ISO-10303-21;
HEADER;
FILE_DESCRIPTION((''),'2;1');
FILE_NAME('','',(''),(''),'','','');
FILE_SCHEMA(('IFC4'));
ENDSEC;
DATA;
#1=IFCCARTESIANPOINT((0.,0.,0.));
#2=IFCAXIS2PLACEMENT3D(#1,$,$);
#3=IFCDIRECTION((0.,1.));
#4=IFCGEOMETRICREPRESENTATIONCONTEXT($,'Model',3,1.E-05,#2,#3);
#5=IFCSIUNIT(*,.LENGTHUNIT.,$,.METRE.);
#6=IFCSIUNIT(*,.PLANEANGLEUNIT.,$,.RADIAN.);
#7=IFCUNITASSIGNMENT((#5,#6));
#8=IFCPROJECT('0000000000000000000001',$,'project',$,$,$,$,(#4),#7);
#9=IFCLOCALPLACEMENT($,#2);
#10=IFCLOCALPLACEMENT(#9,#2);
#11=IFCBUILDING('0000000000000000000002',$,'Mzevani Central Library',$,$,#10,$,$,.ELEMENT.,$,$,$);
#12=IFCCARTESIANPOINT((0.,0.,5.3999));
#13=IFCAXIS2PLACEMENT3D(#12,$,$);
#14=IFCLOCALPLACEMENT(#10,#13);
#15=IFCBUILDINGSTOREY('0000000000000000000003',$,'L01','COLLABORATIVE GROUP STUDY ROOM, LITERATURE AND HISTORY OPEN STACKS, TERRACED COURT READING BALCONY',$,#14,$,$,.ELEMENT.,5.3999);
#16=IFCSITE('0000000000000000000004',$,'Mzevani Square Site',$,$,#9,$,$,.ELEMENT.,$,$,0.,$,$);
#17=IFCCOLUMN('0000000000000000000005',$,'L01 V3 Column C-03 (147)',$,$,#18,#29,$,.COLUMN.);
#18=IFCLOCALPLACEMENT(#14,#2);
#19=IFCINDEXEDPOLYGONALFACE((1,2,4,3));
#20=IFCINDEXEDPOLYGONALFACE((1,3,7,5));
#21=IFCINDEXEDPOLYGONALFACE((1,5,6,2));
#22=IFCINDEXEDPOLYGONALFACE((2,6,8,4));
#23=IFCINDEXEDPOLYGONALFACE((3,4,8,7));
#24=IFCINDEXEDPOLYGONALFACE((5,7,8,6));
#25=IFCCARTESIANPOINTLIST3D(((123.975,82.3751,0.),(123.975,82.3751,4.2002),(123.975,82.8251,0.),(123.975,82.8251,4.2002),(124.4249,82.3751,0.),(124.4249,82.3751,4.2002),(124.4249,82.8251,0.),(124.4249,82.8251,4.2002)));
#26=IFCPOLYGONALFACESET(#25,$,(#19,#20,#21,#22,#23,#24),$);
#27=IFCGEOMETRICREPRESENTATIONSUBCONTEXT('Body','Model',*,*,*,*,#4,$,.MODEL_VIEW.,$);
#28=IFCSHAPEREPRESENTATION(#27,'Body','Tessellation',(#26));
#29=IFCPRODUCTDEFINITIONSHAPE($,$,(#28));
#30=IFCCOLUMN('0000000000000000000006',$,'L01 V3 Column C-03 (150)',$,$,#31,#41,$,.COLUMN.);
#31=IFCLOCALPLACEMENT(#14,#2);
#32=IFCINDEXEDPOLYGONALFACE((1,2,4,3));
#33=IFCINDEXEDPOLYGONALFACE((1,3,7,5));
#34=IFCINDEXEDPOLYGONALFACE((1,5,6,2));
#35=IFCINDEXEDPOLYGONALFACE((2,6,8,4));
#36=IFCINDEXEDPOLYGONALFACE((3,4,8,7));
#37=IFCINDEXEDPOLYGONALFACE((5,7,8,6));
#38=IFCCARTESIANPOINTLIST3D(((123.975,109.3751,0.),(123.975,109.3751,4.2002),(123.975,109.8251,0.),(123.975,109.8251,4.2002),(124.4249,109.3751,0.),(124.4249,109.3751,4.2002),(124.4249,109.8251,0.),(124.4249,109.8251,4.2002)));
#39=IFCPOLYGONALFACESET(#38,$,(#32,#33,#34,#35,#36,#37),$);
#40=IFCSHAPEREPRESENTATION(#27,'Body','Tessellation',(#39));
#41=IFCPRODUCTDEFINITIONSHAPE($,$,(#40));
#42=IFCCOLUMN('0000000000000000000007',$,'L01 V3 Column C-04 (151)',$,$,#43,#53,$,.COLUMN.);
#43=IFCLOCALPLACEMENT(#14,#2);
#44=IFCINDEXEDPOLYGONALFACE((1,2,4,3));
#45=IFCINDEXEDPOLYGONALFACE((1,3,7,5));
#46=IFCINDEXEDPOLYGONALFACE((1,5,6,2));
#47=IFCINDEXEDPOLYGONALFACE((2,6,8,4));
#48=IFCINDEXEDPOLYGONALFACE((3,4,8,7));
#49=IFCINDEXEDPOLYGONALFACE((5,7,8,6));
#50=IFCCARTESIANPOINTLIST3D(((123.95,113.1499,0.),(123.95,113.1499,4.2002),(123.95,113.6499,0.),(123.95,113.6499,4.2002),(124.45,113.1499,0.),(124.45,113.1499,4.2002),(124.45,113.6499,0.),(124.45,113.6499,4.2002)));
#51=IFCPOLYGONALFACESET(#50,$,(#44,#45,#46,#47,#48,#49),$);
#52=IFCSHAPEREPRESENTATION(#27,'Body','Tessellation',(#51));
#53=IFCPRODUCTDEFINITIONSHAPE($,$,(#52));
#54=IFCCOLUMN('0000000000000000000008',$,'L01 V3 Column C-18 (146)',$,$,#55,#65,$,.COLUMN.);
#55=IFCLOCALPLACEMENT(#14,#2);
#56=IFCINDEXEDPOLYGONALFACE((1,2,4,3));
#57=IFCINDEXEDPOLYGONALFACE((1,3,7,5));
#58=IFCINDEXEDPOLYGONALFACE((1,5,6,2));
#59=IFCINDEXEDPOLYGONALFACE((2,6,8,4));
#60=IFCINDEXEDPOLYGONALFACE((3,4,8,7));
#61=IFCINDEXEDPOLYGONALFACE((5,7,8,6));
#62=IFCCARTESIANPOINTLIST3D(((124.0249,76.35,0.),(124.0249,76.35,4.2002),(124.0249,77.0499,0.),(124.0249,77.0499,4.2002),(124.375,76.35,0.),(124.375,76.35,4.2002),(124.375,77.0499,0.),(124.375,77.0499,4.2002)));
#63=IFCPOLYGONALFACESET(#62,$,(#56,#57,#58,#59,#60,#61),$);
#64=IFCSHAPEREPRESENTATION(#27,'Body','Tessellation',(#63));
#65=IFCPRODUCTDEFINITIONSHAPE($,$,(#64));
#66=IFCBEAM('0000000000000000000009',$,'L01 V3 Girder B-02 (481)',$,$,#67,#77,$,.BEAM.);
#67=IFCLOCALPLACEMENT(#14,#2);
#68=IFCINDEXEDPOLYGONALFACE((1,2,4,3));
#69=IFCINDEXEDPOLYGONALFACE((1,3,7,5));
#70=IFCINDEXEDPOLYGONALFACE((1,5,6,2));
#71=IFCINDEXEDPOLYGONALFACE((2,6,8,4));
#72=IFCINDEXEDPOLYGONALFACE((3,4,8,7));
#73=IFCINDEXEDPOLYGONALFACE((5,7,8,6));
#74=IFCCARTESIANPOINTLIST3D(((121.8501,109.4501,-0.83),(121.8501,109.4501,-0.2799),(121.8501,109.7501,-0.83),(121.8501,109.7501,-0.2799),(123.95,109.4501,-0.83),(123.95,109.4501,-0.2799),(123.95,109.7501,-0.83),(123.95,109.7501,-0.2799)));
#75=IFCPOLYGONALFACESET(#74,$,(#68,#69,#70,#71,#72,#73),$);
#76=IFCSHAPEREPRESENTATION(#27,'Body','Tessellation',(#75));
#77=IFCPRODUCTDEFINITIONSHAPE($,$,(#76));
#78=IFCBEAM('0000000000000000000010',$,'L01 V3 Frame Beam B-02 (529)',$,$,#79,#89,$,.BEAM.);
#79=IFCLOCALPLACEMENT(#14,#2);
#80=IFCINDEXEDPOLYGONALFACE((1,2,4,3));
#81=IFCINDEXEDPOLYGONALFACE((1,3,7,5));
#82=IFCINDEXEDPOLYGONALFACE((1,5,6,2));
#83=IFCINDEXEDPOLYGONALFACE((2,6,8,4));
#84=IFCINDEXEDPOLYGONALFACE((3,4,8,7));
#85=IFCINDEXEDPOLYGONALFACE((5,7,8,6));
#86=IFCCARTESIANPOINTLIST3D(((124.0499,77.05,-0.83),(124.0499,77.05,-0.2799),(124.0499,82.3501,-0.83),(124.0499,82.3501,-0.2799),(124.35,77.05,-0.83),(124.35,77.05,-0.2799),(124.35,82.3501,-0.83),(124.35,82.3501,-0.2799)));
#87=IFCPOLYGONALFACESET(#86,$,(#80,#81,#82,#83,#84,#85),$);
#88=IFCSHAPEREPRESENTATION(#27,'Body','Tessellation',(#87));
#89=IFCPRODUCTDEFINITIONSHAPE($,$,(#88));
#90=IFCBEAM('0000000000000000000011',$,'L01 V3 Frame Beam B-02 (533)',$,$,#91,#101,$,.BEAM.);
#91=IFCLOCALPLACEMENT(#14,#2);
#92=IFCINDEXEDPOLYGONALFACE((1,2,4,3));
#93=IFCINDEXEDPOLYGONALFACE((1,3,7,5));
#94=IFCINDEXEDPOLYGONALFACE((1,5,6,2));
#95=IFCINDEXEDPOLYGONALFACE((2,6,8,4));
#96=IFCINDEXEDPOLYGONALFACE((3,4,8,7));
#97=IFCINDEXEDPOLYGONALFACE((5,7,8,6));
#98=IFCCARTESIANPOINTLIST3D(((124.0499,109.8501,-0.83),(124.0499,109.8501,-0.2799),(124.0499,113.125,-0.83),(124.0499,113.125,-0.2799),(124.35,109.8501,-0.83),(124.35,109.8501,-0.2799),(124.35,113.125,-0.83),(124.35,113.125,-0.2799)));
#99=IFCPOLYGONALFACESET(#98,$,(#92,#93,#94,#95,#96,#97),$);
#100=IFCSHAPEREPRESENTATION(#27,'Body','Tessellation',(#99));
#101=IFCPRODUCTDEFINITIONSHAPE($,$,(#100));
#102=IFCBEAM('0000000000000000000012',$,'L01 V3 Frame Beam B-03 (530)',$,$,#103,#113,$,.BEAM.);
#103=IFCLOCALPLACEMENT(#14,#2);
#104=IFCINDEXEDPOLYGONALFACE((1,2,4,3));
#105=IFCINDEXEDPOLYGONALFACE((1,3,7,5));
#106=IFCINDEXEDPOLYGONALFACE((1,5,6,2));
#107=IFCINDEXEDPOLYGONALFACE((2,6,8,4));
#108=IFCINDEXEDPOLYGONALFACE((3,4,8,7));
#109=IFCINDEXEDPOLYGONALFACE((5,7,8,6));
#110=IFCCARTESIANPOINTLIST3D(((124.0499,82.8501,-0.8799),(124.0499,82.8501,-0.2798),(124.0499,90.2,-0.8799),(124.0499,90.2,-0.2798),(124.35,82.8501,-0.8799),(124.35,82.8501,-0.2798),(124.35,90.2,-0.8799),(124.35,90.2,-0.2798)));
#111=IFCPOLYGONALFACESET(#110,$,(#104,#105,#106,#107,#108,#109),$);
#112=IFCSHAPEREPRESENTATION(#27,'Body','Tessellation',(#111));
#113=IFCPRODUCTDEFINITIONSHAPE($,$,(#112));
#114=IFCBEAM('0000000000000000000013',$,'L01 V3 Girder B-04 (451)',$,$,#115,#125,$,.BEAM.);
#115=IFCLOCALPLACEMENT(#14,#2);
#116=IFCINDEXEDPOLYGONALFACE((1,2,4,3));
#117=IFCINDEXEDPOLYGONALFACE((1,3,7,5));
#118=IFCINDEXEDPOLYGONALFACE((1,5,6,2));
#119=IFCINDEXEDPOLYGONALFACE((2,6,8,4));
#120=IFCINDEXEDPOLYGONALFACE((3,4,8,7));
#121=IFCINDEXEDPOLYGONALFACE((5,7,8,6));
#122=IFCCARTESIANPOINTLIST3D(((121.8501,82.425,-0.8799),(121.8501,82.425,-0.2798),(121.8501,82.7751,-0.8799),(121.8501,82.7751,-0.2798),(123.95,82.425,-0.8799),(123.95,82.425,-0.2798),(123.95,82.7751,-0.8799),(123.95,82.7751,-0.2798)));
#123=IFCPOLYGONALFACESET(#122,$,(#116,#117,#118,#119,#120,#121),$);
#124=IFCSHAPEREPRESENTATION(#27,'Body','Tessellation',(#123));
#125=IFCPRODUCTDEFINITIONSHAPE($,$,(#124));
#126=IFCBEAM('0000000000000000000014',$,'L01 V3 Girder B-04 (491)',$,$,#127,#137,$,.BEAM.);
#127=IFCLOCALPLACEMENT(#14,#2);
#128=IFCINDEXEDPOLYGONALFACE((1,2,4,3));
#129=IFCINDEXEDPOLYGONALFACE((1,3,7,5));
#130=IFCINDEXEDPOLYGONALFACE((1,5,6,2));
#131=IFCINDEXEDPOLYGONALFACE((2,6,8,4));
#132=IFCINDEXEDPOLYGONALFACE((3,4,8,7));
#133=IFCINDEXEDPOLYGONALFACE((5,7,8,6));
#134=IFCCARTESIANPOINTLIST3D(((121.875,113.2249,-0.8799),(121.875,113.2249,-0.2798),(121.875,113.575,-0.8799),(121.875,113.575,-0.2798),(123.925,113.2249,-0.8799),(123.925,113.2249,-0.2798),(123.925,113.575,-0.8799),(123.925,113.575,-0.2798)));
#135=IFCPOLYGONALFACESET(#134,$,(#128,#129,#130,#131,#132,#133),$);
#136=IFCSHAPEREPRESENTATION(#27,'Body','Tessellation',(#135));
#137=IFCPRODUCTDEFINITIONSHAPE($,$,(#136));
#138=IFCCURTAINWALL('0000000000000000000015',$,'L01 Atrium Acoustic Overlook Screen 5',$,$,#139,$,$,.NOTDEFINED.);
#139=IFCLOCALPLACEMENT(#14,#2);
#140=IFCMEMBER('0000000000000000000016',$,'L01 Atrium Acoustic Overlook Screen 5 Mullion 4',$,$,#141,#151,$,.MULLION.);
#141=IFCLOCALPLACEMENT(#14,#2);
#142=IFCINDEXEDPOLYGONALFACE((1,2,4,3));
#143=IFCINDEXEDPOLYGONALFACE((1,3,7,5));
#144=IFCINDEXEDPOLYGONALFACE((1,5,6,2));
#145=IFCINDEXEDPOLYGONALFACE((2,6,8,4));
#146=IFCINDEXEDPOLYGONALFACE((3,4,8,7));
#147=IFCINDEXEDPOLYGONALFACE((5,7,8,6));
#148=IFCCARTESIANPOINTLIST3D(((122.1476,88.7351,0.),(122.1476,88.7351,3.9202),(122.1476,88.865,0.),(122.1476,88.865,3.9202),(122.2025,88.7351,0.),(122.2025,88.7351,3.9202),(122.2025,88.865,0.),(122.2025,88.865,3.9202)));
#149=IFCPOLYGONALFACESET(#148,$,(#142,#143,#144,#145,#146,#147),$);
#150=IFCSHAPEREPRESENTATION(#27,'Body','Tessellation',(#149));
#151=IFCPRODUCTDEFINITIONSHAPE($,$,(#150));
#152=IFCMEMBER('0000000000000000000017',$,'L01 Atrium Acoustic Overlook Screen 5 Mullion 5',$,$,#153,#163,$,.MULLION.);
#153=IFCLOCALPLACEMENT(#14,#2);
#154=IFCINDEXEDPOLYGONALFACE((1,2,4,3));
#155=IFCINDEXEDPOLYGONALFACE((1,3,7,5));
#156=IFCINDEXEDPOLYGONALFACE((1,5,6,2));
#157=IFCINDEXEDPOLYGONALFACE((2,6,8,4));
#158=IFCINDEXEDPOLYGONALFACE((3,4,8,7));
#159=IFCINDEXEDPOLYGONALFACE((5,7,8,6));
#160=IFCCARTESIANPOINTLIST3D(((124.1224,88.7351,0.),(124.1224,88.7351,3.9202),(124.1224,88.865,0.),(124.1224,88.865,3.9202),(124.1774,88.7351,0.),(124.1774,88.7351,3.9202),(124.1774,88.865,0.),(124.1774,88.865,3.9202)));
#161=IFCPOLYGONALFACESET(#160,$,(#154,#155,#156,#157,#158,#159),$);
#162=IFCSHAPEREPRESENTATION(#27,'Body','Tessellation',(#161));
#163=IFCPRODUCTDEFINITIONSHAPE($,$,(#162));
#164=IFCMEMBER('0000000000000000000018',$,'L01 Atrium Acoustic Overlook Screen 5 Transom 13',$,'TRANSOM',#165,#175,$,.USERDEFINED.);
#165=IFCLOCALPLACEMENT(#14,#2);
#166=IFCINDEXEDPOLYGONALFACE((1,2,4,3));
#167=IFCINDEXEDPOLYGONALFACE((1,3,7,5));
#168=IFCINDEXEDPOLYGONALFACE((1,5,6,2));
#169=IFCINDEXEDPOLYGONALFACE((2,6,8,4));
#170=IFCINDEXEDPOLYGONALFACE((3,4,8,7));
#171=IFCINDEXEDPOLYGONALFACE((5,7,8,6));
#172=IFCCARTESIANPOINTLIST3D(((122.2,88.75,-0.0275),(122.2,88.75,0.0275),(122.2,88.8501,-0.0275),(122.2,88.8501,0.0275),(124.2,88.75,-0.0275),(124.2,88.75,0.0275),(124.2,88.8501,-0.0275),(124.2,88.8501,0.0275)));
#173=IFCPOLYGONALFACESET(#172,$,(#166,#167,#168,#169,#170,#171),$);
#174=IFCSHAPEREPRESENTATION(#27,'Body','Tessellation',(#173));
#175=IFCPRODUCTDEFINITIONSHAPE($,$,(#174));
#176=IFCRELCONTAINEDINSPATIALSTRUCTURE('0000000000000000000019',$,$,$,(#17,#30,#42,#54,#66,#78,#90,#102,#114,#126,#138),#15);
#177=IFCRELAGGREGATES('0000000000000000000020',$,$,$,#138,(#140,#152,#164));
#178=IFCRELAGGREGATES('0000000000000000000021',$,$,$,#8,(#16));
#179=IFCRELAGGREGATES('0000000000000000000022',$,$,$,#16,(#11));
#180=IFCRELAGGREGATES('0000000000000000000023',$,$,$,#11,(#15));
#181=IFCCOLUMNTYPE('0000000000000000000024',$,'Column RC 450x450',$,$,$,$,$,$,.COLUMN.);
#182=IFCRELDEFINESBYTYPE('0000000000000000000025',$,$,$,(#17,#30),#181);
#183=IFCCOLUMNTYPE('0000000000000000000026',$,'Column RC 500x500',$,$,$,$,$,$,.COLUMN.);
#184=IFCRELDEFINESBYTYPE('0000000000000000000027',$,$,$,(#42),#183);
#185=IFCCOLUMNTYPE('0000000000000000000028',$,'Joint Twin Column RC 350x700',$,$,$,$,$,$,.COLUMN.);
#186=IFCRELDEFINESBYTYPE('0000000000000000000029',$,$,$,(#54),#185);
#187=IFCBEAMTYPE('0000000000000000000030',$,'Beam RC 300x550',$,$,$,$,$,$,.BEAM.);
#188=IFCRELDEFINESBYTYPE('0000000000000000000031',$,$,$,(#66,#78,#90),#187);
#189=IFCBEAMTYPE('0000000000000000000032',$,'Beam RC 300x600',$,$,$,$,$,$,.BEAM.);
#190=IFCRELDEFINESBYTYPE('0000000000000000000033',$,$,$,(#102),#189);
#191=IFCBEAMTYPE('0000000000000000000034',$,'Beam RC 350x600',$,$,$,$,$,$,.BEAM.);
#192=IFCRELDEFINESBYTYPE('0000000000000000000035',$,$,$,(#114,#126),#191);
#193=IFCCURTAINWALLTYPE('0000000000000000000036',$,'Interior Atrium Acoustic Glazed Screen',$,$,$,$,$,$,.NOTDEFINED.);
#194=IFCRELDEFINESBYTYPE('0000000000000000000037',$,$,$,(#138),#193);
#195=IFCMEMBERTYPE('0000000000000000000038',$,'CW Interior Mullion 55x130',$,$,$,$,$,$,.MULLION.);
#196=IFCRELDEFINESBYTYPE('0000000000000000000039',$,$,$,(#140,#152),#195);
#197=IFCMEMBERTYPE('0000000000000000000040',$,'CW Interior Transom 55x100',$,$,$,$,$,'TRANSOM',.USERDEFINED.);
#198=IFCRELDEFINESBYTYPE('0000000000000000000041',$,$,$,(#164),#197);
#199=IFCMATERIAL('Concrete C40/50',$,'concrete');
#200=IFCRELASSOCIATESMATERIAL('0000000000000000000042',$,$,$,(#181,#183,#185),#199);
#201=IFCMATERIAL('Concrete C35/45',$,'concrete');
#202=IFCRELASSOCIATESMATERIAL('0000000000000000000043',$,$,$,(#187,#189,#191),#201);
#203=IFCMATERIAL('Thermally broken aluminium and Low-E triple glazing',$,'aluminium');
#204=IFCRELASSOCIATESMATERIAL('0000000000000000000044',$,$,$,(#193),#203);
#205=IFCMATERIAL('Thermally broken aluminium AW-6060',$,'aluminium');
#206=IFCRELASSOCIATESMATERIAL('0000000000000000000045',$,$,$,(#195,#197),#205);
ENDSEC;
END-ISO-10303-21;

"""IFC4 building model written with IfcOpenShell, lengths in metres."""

from ifc_helpers import new_model, si_unit, direction, frame, origin, origin_2d, place, context, subcontext, project, spatial, rectangle, extrude, material, material_profile, profile_set, type_object, element, aggregate, save


model = new_model("IFC4")

# Units and contexts
model_context = context("Model", 3, precision=1e-05, world=origin(), true_north=direction((0.0, 1.0)))
body_context = subcontext(model_context, "Body", "Model", "MODEL_VIEW")
ifc_project = project(units=[si_unit("LENGTHUNIT", "METRE"), si_unit("PLANEANGLEUNIT", "RADIAN")], contexts=[model_context])

# Site, building, storey
site_placement = place(None, origin())
site = spatial("IfcSite", under=ifc_project, at=site_placement, Name="Mzevani Square Site", CompositionType="ELEMENT", RefElevation=0.0)
building_placement = place(site_placement, origin())
building = spatial("IfcBuilding", under=site, at=building_placement, Name="Mzevani Central Library", CompositionType="ELEMENT")
storey_placement = place(building_placement, frame((0.0, 0.0, 5.3999)))
storey = spatial("IfcBuildingStorey", under=building, at=storey_placement, Name="L01", Description="COLLABORATIVE GROUP STUDY ROOM, LITERATURE AND HISTORY OPEN STACKS, TERRACED COURT READING BALCONY", CompositionType="ELEMENT", Elevation=5.3999)

# Columns
ifc_material_1 = material(Name="Concrete C40/50", Category="concrete")
ifc_material_profile_1 = material_profile(ifc_material_1, rectangle(XDim=0.45, YDim=0.45, at=origin_2d()), Name="RC 450x450")
ifc_profile_set_1 = profile_set([ifc_material_profile_1], Name="Concrete C40/50")
column_type_1 = type_object("IfcColumnType", Name="Column RC 450x450", PredefinedType="COLUMN", material=ifc_profile_set_1)
for number, where, z_axis, x_axis, name in (
    (1, (124.2, 82.6001, 0.0), (0.0, 0.0, 1.0), (1.0, 0.0, 0.0), "L01 V3 Column C-03 (147)"),
    (2, (124.2, 109.6001, 0.0), (0.0, 0.0, 1.0), (1.0, 0.0, 0.0), "L01 V3 Column C-03 (150)"),
):
    element("IfcColumn", number, at=place(storey_placement, frame(where, z_axis=z_axis, x_axis=x_axis)), inside=storey, type_object=column_type_1, Name=name, PredefinedType="COLUMN", context=body_context, shape_type="SweptSolid", body=[
        extrude(rectangle(XDim=0.45, YDim=0.45, at=origin_2d()), origin(), (0.0, 0.0, 1.0), 4.2002),
    ])
ifc_material_profile_2 = material_profile(ifc_material_1, rectangle(XDim=0.5, YDim=0.5, at=origin_2d()), Name="RC 500x500")
ifc_profile_set_2 = profile_set([ifc_material_profile_2], Name="Concrete C40/50")
column_type_2 = type_object("IfcColumnType", Name="Column RC 500x500", PredefinedType="COLUMN", material=ifc_profile_set_2)
column_1_placement = place(storey_placement, frame((124.2, 113.3999, 0.0), z_axis=(0.0, 0.0, 1.0), x_axis=(1.0, 0.0, 0.0)))
element("IfcColumn", 3, at=column_1_placement, inside=storey, type_object=column_type_2, Name="L01 V3 Column C-04 (151)", PredefinedType="COLUMN", context=body_context, shape_type="SweptSolid", body=[
    extrude(rectangle(XDim=0.5, YDim=0.5, at=origin_2d()), origin(), (0.0, 0.0, 1.0), 4.2002),
])
ifc_material_profile_3 = material_profile(ifc_material_1, rectangle(XDim=0.3501, YDim=0.7, at=origin_2d()), Name="RC 350x700")
ifc_profile_set_3 = profile_set([ifc_material_profile_3], Name="Concrete C40/50")
column_type_3 = type_object("IfcColumnType", Name="Joint Twin Column RC 350x700", PredefinedType="COLUMN", material=ifc_profile_set_3)
column_2_placement = place(storey_placement, frame((124.2, 76.7, 0.0), z_axis=(0.0, 0.0, 1.0), x_axis=(1.0, 0.0, 0.0)))
element("IfcColumn", 4, at=column_2_placement, inside=storey, type_object=column_type_3, Name="L01 V3 Column C-18 (146)", PredefinedType="COLUMN", context=body_context, shape_type="SweptSolid", body=[
    extrude(rectangle(XDim=0.3501, YDim=0.7, at=origin_2d()), origin(), (0.0, 0.0, 1.0), 4.2002),
])

# Beams
ifc_material_2 = material(Name="Concrete C35/45", Category="concrete")
ifc_material_profile_4 = material_profile(ifc_material_2, rectangle(XDim=0.3, YDim=0.55, at=origin_2d()), Name="RC B300x550")
ifc_profile_set_4 = profile_set([ifc_material_profile_4], Name="Concrete C35/45")
beam_type_1 = type_object("IfcBeamType", Name="Beam RC 300x550", PredefinedType="BEAM", material=ifc_profile_set_4)
beam_1_placement = place(storey_placement, frame((121.8501, 109.6001, -0.5549), z_axis=(1.0, 0.0, 0.0), x_axis=(0.0, 1.0, 0.0)))
element("IfcBeam", 5, at=beam_1_placement, inside=storey, type_object=beam_type_1, Name="L01 V3 Girder B-02 (481)", PredefinedType="BEAM", context=body_context, shape_type="SweptSolid", body=[
    extrude(rectangle(XDim=0.3, YDim=0.55, at=origin_2d()), origin(), (0.0, 0.0, 1.0), 2.0999),
])
beam_2_placement = place(storey_placement, frame((124.2, 77.05, -0.5549), z_axis=(0.0, 1.0, 0.0), x_axis=(-1.0, 0.0, 0.0)))
element("IfcBeam", 6, at=beam_2_placement, inside=storey, type_object=beam_type_1, Name="L01 V3 Frame Beam B-02 (529)", PredefinedType="BEAM", context=body_context, shape_type="SweptSolid", body=[
    extrude(rectangle(XDim=0.3, YDim=0.55, at=origin_2d()), origin(), (0.0, 0.0, 1.0), 5.3),
])
beam_3_placement = place(storey_placement, frame((124.2, 109.8501, -0.5549), z_axis=(0.0, 1.0, 0.0), x_axis=(-1.0, 0.0, 0.0)))
element("IfcBeam", 7, at=beam_3_placement, inside=storey, type_object=beam_type_1, Name="L01 V3 Frame Beam B-02 (533)", PredefinedType="BEAM", context=body_context, shape_type="SweptSolid", body=[
    extrude(rectangle(XDim=0.3, YDim=0.55, at=origin_2d()), origin(), (0.0, 0.0, 1.0), 3.2749),
])
ifc_material_profile_5 = material_profile(ifc_material_2, rectangle(XDim=0.3, YDim=0.6001, at=origin_2d()), Name="RC B300x600")
ifc_profile_set_5 = profile_set([ifc_material_profile_5], Name="Concrete C35/45")
beam_type_2 = type_object("IfcBeamType", Name="Beam RC 300x600", PredefinedType="BEAM", material=ifc_profile_set_5)
beam_4_placement = place(storey_placement, frame((124.2, 82.8501, -0.5798), z_axis=(0.0, 1.0, 0.0), x_axis=(-1.0, 0.0, 0.0)))
element("IfcBeam", 8, at=beam_4_placement, inside=storey, type_object=beam_type_2, Name="L01 V3 Frame Beam B-03 (530)", PredefinedType="BEAM", context=body_context, shape_type="SweptSolid", body=[
    extrude(rectangle(XDim=0.3, YDim=0.6001, at=origin_2d()), origin(), (0.0, 0.0, 1.0), 7.3499),
])
ifc_material_profile_6 = material_profile(ifc_material_2, rectangle(XDim=0.3501, YDim=0.6001, at=origin_2d()), Name="RC B350x600")
ifc_profile_set_6 = profile_set([ifc_material_profile_6], Name="Concrete C35/45")
beam_type_3 = type_object("IfcBeamType", Name="Beam RC 350x600", PredefinedType="BEAM", material=ifc_profile_set_6)
beam_5_placement = place(storey_placement, frame((121.8501, 82.6001, -0.5798), z_axis=(1.0, 0.0, 0.0), x_axis=(0.0, 1.0, 0.0)))
element("IfcBeam", 9, at=beam_5_placement, inside=storey, type_object=beam_type_3, Name="L01 V3 Girder B-04 (451)", PredefinedType="BEAM", context=body_context, shape_type="SweptSolid", body=[
    extrude(rectangle(XDim=0.3501, YDim=0.6001, at=origin_2d()), origin(), (0.0, 0.0, 1.0), 2.0999),
])
beam_6_placement = place(storey_placement, frame((121.875, 113.3999, -0.5798), z_axis=(1.0, 0.0, 0.0), x_axis=(0.0, 1.0, 0.0)))
element("IfcBeam", 10, at=beam_6_placement, inside=storey, type_object=beam_type_3, Name="L01 V3 Girder B-04 (491)", PredefinedType="BEAM", context=body_context, shape_type="SweptSolid", body=[
    extrude(rectangle(XDim=0.3501, YDim=0.6001, at=origin_2d()), origin(), (0.0, 0.0, 1.0), 2.05),
])

# Curtain wall, members
ifc_material_3 = material(Name="Thermally broken aluminium and Low-E triple glazing", Category="aluminium")
curtain_wall_type = type_object("IfcCurtainWallType", Name="Interior Atrium Acoustic Glazed Screen", PredefinedType="NOTDEFINED", material=ifc_material_3)
curtain_wall_placement = place(storey_placement, origin())
curtain_wall = element("IfcCurtainWall", 11, at=curtain_wall_placement, inside=storey, type_object=curtain_wall_type, Name="L01 Atrium Acoustic Overlook Screen 5", PredefinedType="NOTDEFINED")
ifc_material_4 = material(Name="Thermally broken aluminium AW-6060", Category="aluminium")
ifc_material_profile_7 = material_profile(ifc_material_4, rectangle(XDim=0.0549, YDim=0.1299, at=origin_2d()), Name="ALU M55x130")
ifc_profile_set_7 = profile_set([ifc_material_profile_7], Name="Thermally broken aluminium AW-6060")
member_type_1 = type_object("IfcMemberType", Name="CW Interior Mullion 55x130", PredefinedType="MULLION", material=ifc_profile_set_7)
member_1_placement = place(storey_placement, frame((122.175, 88.8, 0.0), z_axis=(0.0, 0.0, 1.0), x_axis=(1.0, 0.0, 0.0)))
member_1 = element("IfcMember", 12, at=member_1_placement, type_object=member_type_1, Name="L01 Atrium Acoustic Overlook Screen 5 Mullion 4", PredefinedType="MULLION", context=body_context, shape_type="SweptSolid", body=[
    extrude(rectangle(XDim=0.0549, YDim=0.1299, at=origin_2d()), origin(), (0.0, 0.0, 1.0), 3.9202),
])
member_2_placement = place(storey_placement, frame((124.1499, 88.8, 0.0), z_axis=(0.0, 0.0, 1.0), x_axis=(1.0, 0.0, 0.0)))
member_2 = element("IfcMember", 13, at=member_2_placement, type_object=member_type_1, Name="L01 Atrium Acoustic Overlook Screen 5 Mullion 5", PredefinedType="MULLION", context=body_context, shape_type="SweptSolid", body=[
    extrude(rectangle(XDim=0.0549, YDim=0.1299, at=origin_2d()), origin(), (0.0, 0.0, 1.0), 3.9202),
])
ifc_material_profile_8 = material_profile(ifc_material_4, rectangle(XDim=0.1001, YDim=0.0549, at=origin_2d()), Name="ALU T55x100")
ifc_profile_set_8 = profile_set([ifc_material_profile_8], Name="Thermally broken aluminium AW-6060")
member_type_2 = type_object("IfcMemberType", Name="CW Interior Transom 55x100", ElementType="TRANSOM", PredefinedType="USERDEFINED", material=ifc_profile_set_8)
member_3_placement = place(storey_placement, frame((122.2, 88.8, 0.0), z_axis=(1.0, 0.0, 0.0), x_axis=(0.0, 1.0, 0.0)))
member_3 = element("IfcMember", 14, at=member_3_placement, type_object=member_type_2, Name="L01 Atrium Acoustic Overlook Screen 5 Transom 13", ObjectType="TRANSOM", PredefinedType="USERDEFINED", context=body_context, shape_type="SweptSolid", body=[
    extrude(rectangle(XDim=0.1001, YDim=0.0549, at=origin_2d()), origin(), (0.0, 0.0, 1.0), 2.0),
])

aggregate(curtain_wall, [member_1, member_2, member_3])

save(model, "model.ifc")
